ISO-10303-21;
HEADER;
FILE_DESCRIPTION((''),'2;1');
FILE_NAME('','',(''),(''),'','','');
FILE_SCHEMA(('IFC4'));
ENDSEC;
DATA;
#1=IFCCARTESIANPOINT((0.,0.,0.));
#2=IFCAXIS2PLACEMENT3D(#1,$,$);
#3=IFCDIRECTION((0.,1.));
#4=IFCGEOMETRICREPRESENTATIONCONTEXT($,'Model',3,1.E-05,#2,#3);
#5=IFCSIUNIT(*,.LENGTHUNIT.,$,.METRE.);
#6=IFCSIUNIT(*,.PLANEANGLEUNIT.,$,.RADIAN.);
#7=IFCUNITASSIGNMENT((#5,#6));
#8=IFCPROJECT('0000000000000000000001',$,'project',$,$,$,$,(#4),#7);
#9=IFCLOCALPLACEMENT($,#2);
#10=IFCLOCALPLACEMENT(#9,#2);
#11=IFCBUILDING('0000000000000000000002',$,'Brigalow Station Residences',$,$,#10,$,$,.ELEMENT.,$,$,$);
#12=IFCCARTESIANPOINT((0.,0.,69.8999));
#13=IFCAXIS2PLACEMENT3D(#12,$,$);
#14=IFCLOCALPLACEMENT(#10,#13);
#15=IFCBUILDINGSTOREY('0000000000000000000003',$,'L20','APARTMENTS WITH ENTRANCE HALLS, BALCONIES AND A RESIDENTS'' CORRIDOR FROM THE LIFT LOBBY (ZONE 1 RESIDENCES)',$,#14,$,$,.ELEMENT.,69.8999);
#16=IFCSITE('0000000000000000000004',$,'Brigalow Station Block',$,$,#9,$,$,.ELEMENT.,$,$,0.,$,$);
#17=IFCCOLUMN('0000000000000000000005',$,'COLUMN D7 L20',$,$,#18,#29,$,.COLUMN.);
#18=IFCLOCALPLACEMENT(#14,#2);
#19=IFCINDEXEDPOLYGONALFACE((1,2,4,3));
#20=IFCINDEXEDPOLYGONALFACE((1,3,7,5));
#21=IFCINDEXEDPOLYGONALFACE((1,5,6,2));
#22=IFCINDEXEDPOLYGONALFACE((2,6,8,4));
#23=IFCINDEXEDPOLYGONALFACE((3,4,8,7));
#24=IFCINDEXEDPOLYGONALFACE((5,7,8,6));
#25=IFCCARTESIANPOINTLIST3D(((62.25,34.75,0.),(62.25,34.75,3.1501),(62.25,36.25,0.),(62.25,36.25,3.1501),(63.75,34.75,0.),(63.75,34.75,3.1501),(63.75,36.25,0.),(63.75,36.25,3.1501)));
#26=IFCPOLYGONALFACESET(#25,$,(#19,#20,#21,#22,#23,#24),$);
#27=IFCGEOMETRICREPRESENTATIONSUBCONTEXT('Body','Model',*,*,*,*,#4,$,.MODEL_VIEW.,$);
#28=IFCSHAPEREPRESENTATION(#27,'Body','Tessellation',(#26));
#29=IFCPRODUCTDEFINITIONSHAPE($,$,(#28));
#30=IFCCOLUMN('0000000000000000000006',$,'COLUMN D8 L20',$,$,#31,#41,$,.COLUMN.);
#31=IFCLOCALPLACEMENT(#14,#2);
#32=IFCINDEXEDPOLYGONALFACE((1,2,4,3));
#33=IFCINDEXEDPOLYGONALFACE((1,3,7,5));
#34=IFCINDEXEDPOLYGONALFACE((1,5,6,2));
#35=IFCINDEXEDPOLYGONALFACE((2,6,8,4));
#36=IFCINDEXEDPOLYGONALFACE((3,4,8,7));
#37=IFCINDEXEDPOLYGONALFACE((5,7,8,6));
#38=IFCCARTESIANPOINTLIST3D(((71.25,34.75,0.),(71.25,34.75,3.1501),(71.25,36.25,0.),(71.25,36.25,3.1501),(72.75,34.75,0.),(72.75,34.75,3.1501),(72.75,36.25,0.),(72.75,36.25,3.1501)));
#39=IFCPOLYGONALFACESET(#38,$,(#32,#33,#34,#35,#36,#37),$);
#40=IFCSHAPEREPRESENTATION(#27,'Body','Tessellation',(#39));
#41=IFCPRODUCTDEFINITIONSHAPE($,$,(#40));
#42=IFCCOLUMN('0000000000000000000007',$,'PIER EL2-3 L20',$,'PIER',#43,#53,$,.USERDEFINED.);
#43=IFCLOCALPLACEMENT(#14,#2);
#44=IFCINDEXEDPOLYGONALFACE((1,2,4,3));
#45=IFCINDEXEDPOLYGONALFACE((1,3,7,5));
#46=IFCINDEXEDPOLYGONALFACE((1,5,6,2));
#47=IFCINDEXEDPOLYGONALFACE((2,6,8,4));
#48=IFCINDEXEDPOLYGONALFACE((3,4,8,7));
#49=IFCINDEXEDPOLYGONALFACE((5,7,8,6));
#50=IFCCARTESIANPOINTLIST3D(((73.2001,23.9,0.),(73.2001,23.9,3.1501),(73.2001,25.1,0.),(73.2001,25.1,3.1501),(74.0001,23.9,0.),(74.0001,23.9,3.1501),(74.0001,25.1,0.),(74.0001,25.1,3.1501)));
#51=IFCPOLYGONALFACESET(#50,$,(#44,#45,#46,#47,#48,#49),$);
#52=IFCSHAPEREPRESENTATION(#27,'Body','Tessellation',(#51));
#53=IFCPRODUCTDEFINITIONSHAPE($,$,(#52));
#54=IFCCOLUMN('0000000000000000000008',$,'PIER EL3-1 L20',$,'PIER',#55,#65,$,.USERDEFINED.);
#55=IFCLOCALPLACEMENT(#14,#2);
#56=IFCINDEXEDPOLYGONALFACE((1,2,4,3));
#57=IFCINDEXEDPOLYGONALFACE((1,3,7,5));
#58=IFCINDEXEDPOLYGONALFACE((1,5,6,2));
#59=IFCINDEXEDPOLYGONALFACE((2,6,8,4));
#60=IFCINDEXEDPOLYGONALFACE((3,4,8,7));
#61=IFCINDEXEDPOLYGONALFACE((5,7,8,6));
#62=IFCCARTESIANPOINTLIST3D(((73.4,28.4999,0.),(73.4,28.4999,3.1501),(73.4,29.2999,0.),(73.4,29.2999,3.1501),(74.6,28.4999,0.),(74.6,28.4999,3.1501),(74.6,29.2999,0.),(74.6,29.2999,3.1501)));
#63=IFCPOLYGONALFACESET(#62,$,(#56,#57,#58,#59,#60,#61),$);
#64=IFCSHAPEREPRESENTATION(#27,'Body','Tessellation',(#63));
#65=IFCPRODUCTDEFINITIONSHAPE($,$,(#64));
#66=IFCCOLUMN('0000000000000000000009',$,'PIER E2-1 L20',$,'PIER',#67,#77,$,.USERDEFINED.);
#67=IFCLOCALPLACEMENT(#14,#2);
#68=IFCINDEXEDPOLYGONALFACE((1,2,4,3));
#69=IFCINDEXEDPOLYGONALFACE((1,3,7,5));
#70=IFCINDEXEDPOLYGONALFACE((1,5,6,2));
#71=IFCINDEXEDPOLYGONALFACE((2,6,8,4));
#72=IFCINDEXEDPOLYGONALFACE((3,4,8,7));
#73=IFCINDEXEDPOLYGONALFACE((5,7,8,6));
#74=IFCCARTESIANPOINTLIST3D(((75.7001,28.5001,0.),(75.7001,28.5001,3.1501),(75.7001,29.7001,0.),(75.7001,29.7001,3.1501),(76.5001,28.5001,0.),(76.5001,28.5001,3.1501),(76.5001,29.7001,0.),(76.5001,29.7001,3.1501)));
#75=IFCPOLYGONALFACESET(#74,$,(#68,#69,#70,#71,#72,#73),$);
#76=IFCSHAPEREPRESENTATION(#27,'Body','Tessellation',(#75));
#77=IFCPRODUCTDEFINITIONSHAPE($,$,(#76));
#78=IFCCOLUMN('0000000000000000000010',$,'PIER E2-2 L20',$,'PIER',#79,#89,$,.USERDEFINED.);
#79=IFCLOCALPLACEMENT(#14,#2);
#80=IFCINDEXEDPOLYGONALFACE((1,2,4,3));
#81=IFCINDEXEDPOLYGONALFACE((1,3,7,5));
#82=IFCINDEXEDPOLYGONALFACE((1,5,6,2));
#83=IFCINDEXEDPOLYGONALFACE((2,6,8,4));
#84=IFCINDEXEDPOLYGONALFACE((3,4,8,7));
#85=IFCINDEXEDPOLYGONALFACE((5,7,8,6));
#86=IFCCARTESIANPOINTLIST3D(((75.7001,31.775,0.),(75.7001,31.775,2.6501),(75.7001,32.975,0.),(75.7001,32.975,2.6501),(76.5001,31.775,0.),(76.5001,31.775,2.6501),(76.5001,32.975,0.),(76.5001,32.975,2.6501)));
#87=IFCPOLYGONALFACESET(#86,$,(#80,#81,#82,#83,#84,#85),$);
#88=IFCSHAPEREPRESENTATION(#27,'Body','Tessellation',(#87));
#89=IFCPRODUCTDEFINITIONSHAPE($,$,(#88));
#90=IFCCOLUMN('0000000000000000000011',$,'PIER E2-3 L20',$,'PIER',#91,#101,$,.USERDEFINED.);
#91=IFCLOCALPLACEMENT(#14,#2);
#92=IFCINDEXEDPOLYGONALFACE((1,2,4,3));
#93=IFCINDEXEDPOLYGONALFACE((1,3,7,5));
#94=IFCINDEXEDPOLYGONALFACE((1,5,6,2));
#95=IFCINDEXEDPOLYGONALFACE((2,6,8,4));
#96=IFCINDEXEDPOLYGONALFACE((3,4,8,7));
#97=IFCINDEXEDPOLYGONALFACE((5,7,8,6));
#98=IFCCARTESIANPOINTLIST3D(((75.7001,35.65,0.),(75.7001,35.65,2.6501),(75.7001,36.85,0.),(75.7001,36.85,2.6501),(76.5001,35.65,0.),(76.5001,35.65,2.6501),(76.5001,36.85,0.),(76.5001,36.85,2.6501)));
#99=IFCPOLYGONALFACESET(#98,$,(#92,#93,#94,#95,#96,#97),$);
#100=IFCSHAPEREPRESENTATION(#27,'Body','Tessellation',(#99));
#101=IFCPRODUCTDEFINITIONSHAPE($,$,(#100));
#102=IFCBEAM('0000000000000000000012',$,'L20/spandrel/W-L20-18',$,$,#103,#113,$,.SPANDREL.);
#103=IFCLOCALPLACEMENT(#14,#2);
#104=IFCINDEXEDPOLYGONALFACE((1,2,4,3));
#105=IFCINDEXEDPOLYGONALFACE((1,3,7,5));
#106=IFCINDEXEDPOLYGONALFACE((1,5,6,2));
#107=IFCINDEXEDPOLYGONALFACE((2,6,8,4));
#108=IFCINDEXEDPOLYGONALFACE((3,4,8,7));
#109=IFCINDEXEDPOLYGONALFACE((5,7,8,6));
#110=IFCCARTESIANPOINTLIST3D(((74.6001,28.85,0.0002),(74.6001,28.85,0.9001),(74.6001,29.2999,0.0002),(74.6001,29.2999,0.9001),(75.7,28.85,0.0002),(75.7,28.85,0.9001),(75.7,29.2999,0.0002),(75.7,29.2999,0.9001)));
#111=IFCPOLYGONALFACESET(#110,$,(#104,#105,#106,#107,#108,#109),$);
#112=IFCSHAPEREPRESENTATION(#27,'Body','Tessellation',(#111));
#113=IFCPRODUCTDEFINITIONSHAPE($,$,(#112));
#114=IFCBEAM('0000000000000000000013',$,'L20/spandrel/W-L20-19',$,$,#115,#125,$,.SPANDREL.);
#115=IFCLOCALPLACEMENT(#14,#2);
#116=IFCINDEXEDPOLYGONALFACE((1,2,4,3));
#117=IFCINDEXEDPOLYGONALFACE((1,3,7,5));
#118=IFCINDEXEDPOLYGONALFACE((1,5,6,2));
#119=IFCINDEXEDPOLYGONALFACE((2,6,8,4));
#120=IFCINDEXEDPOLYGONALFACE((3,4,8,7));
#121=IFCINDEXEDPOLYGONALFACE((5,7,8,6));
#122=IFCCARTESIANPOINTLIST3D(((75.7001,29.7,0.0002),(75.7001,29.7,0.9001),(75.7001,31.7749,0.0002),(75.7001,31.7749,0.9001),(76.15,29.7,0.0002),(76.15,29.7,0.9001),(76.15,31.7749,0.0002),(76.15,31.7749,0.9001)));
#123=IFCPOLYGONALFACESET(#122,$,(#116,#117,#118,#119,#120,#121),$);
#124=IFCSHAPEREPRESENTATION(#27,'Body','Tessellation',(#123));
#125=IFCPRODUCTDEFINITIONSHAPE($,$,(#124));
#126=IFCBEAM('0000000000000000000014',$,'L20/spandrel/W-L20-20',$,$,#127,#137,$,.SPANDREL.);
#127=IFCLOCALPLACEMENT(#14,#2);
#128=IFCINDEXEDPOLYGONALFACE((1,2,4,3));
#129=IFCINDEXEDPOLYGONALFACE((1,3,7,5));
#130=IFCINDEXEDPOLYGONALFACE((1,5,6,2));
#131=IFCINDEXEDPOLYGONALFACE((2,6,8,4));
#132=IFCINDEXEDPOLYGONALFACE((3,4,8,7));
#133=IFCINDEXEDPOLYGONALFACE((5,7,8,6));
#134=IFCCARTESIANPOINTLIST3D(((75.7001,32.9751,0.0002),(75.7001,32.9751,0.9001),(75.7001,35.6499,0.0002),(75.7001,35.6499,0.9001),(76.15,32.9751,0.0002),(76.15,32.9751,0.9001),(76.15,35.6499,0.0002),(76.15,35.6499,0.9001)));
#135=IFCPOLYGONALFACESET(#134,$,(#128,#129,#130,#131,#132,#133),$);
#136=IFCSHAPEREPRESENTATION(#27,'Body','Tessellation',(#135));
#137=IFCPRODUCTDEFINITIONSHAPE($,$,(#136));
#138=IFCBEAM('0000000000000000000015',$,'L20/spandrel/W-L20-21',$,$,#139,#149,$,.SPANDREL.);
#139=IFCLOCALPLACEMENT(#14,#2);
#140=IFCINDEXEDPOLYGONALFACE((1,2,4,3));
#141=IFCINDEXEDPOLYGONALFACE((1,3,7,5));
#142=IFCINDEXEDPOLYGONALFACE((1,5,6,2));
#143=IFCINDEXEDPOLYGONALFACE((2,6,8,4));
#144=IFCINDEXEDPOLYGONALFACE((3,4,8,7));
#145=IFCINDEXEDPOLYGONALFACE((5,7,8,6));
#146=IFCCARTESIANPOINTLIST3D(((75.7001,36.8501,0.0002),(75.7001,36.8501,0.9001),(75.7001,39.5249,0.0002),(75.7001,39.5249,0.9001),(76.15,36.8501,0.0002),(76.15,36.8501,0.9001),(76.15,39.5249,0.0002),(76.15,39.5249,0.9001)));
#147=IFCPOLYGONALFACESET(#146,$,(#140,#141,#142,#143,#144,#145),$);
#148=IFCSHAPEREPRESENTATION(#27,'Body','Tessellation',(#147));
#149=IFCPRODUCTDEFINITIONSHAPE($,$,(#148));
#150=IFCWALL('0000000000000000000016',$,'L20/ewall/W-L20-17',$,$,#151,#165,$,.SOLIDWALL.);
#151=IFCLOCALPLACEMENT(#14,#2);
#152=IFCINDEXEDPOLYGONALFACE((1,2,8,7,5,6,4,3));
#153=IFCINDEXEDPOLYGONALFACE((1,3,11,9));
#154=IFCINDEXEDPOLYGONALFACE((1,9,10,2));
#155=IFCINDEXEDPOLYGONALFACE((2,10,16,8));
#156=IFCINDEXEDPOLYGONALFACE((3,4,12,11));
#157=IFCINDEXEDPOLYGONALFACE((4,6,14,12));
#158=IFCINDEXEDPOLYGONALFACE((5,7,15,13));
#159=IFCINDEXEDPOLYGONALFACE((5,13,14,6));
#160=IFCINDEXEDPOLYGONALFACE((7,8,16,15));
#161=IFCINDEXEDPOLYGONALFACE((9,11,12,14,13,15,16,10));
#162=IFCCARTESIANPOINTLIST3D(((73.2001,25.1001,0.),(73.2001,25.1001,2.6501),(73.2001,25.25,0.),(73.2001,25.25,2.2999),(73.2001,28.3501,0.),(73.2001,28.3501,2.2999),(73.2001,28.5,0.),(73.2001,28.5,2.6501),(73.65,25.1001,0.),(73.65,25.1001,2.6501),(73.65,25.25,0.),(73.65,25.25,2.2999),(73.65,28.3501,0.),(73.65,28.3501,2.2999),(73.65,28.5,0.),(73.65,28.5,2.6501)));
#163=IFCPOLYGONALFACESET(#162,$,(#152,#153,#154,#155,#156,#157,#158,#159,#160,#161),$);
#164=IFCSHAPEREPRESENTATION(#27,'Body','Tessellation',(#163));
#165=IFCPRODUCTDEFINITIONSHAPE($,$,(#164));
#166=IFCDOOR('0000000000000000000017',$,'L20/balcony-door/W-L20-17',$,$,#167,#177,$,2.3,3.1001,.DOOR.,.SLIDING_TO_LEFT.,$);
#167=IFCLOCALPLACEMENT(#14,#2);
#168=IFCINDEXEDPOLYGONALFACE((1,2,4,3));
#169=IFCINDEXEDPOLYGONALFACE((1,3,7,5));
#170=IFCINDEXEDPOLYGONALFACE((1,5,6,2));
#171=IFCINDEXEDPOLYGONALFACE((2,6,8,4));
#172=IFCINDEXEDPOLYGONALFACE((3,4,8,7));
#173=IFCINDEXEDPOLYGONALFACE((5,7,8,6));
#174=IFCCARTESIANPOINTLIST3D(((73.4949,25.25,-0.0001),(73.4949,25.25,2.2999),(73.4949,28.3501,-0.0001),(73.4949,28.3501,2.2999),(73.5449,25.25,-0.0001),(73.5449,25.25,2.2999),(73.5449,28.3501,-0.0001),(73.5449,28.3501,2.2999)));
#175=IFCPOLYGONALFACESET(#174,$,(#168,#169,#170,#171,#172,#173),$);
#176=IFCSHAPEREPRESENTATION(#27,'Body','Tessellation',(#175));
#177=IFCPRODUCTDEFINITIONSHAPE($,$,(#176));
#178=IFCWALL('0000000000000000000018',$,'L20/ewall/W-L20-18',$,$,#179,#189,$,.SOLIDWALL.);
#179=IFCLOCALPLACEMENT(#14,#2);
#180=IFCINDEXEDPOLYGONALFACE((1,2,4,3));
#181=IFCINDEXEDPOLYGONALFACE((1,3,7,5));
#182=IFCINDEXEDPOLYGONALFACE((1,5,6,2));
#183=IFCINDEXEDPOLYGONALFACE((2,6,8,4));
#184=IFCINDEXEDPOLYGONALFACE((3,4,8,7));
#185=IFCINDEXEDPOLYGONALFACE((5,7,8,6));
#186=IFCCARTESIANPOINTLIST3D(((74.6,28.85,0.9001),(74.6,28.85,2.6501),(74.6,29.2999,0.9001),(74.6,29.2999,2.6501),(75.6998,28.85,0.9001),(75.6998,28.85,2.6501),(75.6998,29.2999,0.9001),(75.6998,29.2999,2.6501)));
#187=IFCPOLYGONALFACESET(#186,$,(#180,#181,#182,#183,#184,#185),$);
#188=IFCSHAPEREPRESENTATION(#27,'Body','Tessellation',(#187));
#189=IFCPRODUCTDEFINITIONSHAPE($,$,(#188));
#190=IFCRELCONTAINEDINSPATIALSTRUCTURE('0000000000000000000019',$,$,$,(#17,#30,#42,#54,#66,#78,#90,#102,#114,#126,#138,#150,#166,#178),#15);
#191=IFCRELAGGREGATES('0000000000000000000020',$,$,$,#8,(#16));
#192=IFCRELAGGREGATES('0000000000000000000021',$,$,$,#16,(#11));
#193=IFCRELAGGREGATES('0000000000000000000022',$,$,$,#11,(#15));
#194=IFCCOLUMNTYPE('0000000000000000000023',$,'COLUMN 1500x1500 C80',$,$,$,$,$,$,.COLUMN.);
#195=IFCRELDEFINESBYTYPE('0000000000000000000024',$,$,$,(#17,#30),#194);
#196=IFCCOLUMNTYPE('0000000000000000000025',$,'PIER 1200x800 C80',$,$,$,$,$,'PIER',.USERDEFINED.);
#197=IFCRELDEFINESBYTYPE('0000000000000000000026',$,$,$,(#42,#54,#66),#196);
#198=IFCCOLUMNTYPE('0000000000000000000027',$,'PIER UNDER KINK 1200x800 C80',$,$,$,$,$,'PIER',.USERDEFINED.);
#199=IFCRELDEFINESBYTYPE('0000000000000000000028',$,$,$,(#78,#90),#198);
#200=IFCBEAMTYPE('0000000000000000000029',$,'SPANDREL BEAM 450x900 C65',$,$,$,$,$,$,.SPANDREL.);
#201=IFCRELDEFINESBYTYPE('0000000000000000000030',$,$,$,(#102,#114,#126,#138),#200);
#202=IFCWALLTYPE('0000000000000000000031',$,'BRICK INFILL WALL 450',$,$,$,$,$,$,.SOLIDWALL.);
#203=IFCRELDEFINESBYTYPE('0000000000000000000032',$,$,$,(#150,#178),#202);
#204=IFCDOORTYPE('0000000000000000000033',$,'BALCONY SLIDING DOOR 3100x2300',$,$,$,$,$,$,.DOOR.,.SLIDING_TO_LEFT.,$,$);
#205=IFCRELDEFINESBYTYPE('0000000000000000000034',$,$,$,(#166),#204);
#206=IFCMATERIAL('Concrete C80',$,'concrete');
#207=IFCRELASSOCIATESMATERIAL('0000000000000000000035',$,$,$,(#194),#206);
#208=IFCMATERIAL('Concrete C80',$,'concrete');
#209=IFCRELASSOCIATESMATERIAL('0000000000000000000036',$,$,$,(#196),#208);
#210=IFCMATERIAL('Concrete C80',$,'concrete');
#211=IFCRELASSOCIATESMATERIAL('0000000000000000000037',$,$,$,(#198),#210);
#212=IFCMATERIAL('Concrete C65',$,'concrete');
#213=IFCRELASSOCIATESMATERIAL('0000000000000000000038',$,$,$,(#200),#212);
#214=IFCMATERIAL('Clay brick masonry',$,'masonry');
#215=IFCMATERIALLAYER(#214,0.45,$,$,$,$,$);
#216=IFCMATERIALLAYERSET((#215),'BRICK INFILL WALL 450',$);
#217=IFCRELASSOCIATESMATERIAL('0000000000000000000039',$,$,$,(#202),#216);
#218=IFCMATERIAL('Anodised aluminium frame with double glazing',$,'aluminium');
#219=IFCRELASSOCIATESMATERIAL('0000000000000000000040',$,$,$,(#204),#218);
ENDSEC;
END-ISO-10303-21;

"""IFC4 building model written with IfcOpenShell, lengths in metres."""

from ifc_helpers import new_model, si_unit, direction, frame, frame_2d, origin, origin_2d, place, context, subcontext, project, spatial, rectangle, extrude, material, layer, layer_set, material_profile, profile_set, type_object, element, fill, save


model = new_model("IFC4")

# Units and contexts
model_context = context("Model", 3, precision=1e-05, world=origin(), true_north=direction((0.0, 1.0)))
body_context = subcontext(model_context, "Body", "Model", "MODEL_VIEW")
ifc_project = project(units=[si_unit("LENGTHUNIT", "METRE"), si_unit("PLANEANGLEUNIT", "RADIAN")], contexts=[model_context])

# Site, building, storey
site_placement = place(None, origin())
site = spatial("IfcSite", under=ifc_project, at=site_placement, Name="Brigalow Station Block", CompositionType="ELEMENT", RefElevation=0.0)
building_placement = place(site_placement, origin())
building = spatial("IfcBuilding", under=site, at=building_placement, Name="Brigalow Station Residences", CompositionType="ELEMENT")
storey_placement = place(building_placement, frame((0.0, 0.0, 69.8999)))
storey = spatial("IfcBuildingStorey", under=building, at=storey_placement, Name="L20", Description="APARTMENTS WITH ENTRANCE HALLS, BALCONIES AND A RESIDENTS' CORRIDOR FROM THE LIFT LOBBY (ZONE 1 RESIDENCES)", CompositionType="ELEMENT", Elevation=69.8999)

# Columns
ifc_material_1 = material(Name="Concrete C80", Category="concrete")
ifc_material_profile_1 = material_profile(ifc_material_1, rectangle(XDim=1.5, YDim=1.5, at=origin_2d()), Name="RC1500x1500")
ifc_profile_set_1 = profile_set([ifc_material_profile_1], Name="Concrete C80")
column_type_1 = type_object("IfcColumnType", Name="COLUMN 1500x1500 C80", PredefinedType="COLUMN", material=ifc_profile_set_1)
for number, where, z_axis, x_axis, name in (
    (1, (63.0, 35.5, 0.0), (0.0, 0.0, 1.0), (1.0, 0.0, 0.0), "COLUMN D7 L20"),
    (2, (72.0, 35.5, 0.0), (0.0, 0.0, 1.0), (1.0, 0.0, 0.0), "COLUMN D8 L20"),
):
    element("IfcColumn", number, at=place(storey_placement, frame(where, z_axis=z_axis, x_axis=x_axis)), inside=storey, type_object=column_type_1, Name=name, PredefinedType="COLUMN", context=body_context, shape_type="SweptSolid", body=[
        extrude(rectangle(XDim=1.5, YDim=1.5, at=origin_2d()), origin(), (0.0, 0.0, 1.0), 3.1501),
    ])
ifc_material_2 = material(Name="Concrete C80", Category="concrete")
ifc_material_profile_2 = material_profile(ifc_material_2, rectangle(XDim=1.2, YDim=0.8, at=origin_2d()), Name="RC1200x800")
ifc_profile_set_2 = profile_set([ifc_material_profile_2], Name="Concrete C80")
column_type_2 = type_object("IfcColumnType", Name="PIER 1200x800 C80", ElementType="PIER", PredefinedType="USERDEFINED", material=ifc_profile_set_2)
for number, where, z_axis, x_axis, name in (
    (3, (73.6001, 24.5, 0.0), (0.0, 0.0, 1.0), (0.0, 1.0, 0.0), "PIER EL2-3 L20"),
    (4, (74.0, 28.8999, 0.0), (0.0, 0.0, 1.0), (1.0, 0.0, 0.0), "PIER EL3-1 L20"),
    (5, (76.1001, 29.1001, 0.0), (0.0, 0.0, 1.0), (0.0, 1.0, 0.0), "PIER E2-1 L20"),
):
    element("IfcColumn", number, at=place(storey_placement, frame(where, z_axis=z_axis, x_axis=x_axis)), inside=storey, type_object=column_type_2, Name=name, ObjectType="PIER", PredefinedType="USERDEFINED", context=body_context, shape_type="SweptSolid", body=[
        extrude(rectangle(XDim=1.2, YDim=0.8, at=origin_2d()), origin(), (0.0, 0.0, 1.0), 3.1501),
    ])
ifc_material_3 = material(Name="Concrete C80", Category="concrete")
ifc_material_profile_3 = material_profile(ifc_material_3, rectangle(XDim=1.2, YDim=0.8, at=origin_2d()), Name="RC1200x800")
ifc_profile_set_3 = profile_set([ifc_material_profile_3], Name="Concrete C80")
column_type_3 = type_object("IfcColumnType", Name="PIER UNDER KINK 1200x800 C80", ElementType="PIER", PredefinedType="USERDEFINED", material=ifc_profile_set_3)
for number, where, z_axis, x_axis, name in (
    (6, (76.1001, 32.375, 0.0), (0.0, 0.0, 1.0), (0.0, 1.0, 0.0), "PIER E2-2 L20"),
    (7, (76.1001, 36.25, 0.0), (0.0, 0.0, 1.0), (0.0, 1.0, 0.0), "PIER E2-3 L20"),
):
    element("IfcColumn", number, at=place(storey_placement, frame(where, z_axis=z_axis, x_axis=x_axis)), inside=storey, type_object=column_type_3, Name=name, ObjectType="PIER", PredefinedType="USERDEFINED", context=body_context, shape_type="SweptSolid", body=[
        extrude(rectangle(XDim=1.2, YDim=0.8, at=origin_2d()), origin(), (0.0, 0.0, 1.0), 2.6501),
    ])

# Beams
ifc_material_4 = material(Name="Concrete C65", Category="concrete")
ifc_material_profile_4 = material_profile(ifc_material_4, rectangle(XDim=0.45, YDim=0.8999, at=origin_2d()), Name="RC450x900")
ifc_profile_set_4 = profile_set([ifc_material_profile_4], Name="Concrete C65")
beam_type = type_object("IfcBeamType", Name="SPANDREL BEAM 450x900 C65", PredefinedType="SPANDREL", material=ifc_profile_set_4)
beam_1_placement = place(storey_placement, frame((74.6001, 29.075, 0.4502), z_axis=(1.0, 0.0, 0.0), x_axis=(0.0, 1.0, 0.0)))
element("IfcBeam", 8, at=beam_1_placement, inside=storey, type_object=beam_type, Name="L20/spandrel/W-L20-18", PredefinedType="SPANDREL", context=body_context, shape_type="SweptSolid", body=[
    extrude(rectangle(XDim=0.45, YDim=0.8999, at=origin_2d()), origin(), (0.0, 0.0, 1.0), 1.0999),
])
beam_2_placement = place(storey_placement, frame((75.925, 29.7, 0.4502), z_axis=(0.0, 1.0, 0.0), x_axis=(-1.0, 0.0, 0.0)))
element("IfcBeam", 9, at=beam_2_placement, inside=storey, type_object=beam_type, Name="L20/spandrel/W-L20-19", PredefinedType="SPANDREL", context=body_context, shape_type="SweptSolid", body=[
    extrude(rectangle(XDim=0.45, YDim=0.8999, at=origin_2d()), origin(), (0.0, 0.0, 1.0), 2.075),
])
for number, where, z_axis, x_axis, name in (
    (10, (75.925, 32.9751, 0.4502), (0.0, 1.0, 0.0), (-1.0, 0.0, 0.0), "L20/spandrel/W-L20-20"),
    (11, (75.925, 36.8501, 0.4502), (0.0, 1.0, 0.0), (-1.0, 0.0, 0.0), "L20/spandrel/W-L20-21"),
):
    element("IfcBeam", number, at=place(storey_placement, frame(where, z_axis=z_axis, x_axis=x_axis)), inside=storey, type_object=beam_type, Name=name, PredefinedType="SPANDREL", context=body_context, shape_type="SweptSolid", body=[
        extrude(rectangle(XDim=0.45, YDim=0.8999, at=origin_2d()), origin(), (0.0, 0.0, 1.0), 2.6748),
    ])

# Wall, opening, door
ifc_material_5 = material(Name="Clay brick masonry", Category="masonry")
ifc_layer_1 = layer(ifc_material_5, 0.45)
ifc_layer_set_1 = layer_set([ifc_layer_1], Name="BRICK INFILL WALL 450")
wall_type_1 = type_object("IfcWallType", Name="BRICK INFILL WALL 450", PredefinedType="SOLIDWALL", material=ifc_layer_set_1)
wall_1_placement = place(storey_placement, frame((73.425, 25.1001, 0.0), z_axis=(0.0, 0.0, 1.0), x_axis=(0.0, 1.0, 0.0)))
wall_1 = element("IfcWall", 12, at=wall_1_placement, inside=storey, type_object=wall_type_1, Name="L20/ewall/W-L20-17", PredefinedType="SOLIDWALL", context=body_context, shape_type="SweptSolid", body=[
    extrude(rectangle(XDim=3.3999, YDim=0.45, at=frame_2d((1.7, 0.0))), origin(), (0.0, 0.0, 1.0), 2.6501),
])
opening_1_placement = place(wall_1_placement, frame((0.1499, 0.0, 0.0)))
opening_1 = element("IfcOpeningElement", 13, at=opening_1_placement, cuts=wall_1, PredefinedType="OPENING", context=body_context, shape_type="SweptSolid", body=[
    extrude(rectangle(XDim=3.1001, YDim=2.3, at=frame_2d((1.55, 1.1499))), frame((0.0, 0.2349, 0.0), z_axis=(0.0, -1.0, 0.0), x_axis=(1.0, 0.0, 0.0)), (0.0, 0.0, 1.0), 0.47),
])
ifc_material_6 = material(Name="Anodised aluminium frame with double glazing", Category="aluminium")
door_type_1 = type_object("IfcDoorType", Name="BALCONY SLIDING DOOR 3100x2300", OperationType="SLIDING_TO_LEFT", PredefinedType="DOOR", material=ifc_material_6)
door_1_placement = place(opening_1_placement, origin())
door_1 = element("IfcDoor", 14, at=door_1_placement, inside=storey, type_object=door_type_1, Name="L20/balcony-door/W-L20-17", OperationType="SLIDING_TO_LEFT", OverallHeight=2.3, OverallWidth=3.1001, PredefinedType="DOOR", context=body_context, shape_type="SweptSolid", body=[
    extrude(rectangle(XDim=3.1001, YDim=2.3, at=frame_2d((1.55, 1.1499))), frame((0.0, -0.0698, 0.0), z_axis=(0.0, -1.0, 0.0), x_axis=(1.0, 0.0, 0.0)), (0.0, 0.0, 1.0), 0.05),
])
fill(opening_1, door_1)

# Wall
wall_2_placement = place(storey_placement, frame((74.6001, 29.075, 0.9001), z_axis=(0.0, 0.0, 1.0), x_axis=(1.0, 0.0, 0.0)))
element("IfcWall", 15, at=wall_2_placement, inside=storey, type_object=wall_type_1, Name="L20/ewall/W-L20-18", PredefinedType="SOLIDWALL", context=body_context, shape_type="SweptSolid", body=[
    extrude(rectangle(XDim=1.0999, YDim=0.45, at=frame_2d((0.5498, 0.0))), origin(), (0.0, 0.0, 1.0), 1.75),
])

save(model, "model.ifc")
